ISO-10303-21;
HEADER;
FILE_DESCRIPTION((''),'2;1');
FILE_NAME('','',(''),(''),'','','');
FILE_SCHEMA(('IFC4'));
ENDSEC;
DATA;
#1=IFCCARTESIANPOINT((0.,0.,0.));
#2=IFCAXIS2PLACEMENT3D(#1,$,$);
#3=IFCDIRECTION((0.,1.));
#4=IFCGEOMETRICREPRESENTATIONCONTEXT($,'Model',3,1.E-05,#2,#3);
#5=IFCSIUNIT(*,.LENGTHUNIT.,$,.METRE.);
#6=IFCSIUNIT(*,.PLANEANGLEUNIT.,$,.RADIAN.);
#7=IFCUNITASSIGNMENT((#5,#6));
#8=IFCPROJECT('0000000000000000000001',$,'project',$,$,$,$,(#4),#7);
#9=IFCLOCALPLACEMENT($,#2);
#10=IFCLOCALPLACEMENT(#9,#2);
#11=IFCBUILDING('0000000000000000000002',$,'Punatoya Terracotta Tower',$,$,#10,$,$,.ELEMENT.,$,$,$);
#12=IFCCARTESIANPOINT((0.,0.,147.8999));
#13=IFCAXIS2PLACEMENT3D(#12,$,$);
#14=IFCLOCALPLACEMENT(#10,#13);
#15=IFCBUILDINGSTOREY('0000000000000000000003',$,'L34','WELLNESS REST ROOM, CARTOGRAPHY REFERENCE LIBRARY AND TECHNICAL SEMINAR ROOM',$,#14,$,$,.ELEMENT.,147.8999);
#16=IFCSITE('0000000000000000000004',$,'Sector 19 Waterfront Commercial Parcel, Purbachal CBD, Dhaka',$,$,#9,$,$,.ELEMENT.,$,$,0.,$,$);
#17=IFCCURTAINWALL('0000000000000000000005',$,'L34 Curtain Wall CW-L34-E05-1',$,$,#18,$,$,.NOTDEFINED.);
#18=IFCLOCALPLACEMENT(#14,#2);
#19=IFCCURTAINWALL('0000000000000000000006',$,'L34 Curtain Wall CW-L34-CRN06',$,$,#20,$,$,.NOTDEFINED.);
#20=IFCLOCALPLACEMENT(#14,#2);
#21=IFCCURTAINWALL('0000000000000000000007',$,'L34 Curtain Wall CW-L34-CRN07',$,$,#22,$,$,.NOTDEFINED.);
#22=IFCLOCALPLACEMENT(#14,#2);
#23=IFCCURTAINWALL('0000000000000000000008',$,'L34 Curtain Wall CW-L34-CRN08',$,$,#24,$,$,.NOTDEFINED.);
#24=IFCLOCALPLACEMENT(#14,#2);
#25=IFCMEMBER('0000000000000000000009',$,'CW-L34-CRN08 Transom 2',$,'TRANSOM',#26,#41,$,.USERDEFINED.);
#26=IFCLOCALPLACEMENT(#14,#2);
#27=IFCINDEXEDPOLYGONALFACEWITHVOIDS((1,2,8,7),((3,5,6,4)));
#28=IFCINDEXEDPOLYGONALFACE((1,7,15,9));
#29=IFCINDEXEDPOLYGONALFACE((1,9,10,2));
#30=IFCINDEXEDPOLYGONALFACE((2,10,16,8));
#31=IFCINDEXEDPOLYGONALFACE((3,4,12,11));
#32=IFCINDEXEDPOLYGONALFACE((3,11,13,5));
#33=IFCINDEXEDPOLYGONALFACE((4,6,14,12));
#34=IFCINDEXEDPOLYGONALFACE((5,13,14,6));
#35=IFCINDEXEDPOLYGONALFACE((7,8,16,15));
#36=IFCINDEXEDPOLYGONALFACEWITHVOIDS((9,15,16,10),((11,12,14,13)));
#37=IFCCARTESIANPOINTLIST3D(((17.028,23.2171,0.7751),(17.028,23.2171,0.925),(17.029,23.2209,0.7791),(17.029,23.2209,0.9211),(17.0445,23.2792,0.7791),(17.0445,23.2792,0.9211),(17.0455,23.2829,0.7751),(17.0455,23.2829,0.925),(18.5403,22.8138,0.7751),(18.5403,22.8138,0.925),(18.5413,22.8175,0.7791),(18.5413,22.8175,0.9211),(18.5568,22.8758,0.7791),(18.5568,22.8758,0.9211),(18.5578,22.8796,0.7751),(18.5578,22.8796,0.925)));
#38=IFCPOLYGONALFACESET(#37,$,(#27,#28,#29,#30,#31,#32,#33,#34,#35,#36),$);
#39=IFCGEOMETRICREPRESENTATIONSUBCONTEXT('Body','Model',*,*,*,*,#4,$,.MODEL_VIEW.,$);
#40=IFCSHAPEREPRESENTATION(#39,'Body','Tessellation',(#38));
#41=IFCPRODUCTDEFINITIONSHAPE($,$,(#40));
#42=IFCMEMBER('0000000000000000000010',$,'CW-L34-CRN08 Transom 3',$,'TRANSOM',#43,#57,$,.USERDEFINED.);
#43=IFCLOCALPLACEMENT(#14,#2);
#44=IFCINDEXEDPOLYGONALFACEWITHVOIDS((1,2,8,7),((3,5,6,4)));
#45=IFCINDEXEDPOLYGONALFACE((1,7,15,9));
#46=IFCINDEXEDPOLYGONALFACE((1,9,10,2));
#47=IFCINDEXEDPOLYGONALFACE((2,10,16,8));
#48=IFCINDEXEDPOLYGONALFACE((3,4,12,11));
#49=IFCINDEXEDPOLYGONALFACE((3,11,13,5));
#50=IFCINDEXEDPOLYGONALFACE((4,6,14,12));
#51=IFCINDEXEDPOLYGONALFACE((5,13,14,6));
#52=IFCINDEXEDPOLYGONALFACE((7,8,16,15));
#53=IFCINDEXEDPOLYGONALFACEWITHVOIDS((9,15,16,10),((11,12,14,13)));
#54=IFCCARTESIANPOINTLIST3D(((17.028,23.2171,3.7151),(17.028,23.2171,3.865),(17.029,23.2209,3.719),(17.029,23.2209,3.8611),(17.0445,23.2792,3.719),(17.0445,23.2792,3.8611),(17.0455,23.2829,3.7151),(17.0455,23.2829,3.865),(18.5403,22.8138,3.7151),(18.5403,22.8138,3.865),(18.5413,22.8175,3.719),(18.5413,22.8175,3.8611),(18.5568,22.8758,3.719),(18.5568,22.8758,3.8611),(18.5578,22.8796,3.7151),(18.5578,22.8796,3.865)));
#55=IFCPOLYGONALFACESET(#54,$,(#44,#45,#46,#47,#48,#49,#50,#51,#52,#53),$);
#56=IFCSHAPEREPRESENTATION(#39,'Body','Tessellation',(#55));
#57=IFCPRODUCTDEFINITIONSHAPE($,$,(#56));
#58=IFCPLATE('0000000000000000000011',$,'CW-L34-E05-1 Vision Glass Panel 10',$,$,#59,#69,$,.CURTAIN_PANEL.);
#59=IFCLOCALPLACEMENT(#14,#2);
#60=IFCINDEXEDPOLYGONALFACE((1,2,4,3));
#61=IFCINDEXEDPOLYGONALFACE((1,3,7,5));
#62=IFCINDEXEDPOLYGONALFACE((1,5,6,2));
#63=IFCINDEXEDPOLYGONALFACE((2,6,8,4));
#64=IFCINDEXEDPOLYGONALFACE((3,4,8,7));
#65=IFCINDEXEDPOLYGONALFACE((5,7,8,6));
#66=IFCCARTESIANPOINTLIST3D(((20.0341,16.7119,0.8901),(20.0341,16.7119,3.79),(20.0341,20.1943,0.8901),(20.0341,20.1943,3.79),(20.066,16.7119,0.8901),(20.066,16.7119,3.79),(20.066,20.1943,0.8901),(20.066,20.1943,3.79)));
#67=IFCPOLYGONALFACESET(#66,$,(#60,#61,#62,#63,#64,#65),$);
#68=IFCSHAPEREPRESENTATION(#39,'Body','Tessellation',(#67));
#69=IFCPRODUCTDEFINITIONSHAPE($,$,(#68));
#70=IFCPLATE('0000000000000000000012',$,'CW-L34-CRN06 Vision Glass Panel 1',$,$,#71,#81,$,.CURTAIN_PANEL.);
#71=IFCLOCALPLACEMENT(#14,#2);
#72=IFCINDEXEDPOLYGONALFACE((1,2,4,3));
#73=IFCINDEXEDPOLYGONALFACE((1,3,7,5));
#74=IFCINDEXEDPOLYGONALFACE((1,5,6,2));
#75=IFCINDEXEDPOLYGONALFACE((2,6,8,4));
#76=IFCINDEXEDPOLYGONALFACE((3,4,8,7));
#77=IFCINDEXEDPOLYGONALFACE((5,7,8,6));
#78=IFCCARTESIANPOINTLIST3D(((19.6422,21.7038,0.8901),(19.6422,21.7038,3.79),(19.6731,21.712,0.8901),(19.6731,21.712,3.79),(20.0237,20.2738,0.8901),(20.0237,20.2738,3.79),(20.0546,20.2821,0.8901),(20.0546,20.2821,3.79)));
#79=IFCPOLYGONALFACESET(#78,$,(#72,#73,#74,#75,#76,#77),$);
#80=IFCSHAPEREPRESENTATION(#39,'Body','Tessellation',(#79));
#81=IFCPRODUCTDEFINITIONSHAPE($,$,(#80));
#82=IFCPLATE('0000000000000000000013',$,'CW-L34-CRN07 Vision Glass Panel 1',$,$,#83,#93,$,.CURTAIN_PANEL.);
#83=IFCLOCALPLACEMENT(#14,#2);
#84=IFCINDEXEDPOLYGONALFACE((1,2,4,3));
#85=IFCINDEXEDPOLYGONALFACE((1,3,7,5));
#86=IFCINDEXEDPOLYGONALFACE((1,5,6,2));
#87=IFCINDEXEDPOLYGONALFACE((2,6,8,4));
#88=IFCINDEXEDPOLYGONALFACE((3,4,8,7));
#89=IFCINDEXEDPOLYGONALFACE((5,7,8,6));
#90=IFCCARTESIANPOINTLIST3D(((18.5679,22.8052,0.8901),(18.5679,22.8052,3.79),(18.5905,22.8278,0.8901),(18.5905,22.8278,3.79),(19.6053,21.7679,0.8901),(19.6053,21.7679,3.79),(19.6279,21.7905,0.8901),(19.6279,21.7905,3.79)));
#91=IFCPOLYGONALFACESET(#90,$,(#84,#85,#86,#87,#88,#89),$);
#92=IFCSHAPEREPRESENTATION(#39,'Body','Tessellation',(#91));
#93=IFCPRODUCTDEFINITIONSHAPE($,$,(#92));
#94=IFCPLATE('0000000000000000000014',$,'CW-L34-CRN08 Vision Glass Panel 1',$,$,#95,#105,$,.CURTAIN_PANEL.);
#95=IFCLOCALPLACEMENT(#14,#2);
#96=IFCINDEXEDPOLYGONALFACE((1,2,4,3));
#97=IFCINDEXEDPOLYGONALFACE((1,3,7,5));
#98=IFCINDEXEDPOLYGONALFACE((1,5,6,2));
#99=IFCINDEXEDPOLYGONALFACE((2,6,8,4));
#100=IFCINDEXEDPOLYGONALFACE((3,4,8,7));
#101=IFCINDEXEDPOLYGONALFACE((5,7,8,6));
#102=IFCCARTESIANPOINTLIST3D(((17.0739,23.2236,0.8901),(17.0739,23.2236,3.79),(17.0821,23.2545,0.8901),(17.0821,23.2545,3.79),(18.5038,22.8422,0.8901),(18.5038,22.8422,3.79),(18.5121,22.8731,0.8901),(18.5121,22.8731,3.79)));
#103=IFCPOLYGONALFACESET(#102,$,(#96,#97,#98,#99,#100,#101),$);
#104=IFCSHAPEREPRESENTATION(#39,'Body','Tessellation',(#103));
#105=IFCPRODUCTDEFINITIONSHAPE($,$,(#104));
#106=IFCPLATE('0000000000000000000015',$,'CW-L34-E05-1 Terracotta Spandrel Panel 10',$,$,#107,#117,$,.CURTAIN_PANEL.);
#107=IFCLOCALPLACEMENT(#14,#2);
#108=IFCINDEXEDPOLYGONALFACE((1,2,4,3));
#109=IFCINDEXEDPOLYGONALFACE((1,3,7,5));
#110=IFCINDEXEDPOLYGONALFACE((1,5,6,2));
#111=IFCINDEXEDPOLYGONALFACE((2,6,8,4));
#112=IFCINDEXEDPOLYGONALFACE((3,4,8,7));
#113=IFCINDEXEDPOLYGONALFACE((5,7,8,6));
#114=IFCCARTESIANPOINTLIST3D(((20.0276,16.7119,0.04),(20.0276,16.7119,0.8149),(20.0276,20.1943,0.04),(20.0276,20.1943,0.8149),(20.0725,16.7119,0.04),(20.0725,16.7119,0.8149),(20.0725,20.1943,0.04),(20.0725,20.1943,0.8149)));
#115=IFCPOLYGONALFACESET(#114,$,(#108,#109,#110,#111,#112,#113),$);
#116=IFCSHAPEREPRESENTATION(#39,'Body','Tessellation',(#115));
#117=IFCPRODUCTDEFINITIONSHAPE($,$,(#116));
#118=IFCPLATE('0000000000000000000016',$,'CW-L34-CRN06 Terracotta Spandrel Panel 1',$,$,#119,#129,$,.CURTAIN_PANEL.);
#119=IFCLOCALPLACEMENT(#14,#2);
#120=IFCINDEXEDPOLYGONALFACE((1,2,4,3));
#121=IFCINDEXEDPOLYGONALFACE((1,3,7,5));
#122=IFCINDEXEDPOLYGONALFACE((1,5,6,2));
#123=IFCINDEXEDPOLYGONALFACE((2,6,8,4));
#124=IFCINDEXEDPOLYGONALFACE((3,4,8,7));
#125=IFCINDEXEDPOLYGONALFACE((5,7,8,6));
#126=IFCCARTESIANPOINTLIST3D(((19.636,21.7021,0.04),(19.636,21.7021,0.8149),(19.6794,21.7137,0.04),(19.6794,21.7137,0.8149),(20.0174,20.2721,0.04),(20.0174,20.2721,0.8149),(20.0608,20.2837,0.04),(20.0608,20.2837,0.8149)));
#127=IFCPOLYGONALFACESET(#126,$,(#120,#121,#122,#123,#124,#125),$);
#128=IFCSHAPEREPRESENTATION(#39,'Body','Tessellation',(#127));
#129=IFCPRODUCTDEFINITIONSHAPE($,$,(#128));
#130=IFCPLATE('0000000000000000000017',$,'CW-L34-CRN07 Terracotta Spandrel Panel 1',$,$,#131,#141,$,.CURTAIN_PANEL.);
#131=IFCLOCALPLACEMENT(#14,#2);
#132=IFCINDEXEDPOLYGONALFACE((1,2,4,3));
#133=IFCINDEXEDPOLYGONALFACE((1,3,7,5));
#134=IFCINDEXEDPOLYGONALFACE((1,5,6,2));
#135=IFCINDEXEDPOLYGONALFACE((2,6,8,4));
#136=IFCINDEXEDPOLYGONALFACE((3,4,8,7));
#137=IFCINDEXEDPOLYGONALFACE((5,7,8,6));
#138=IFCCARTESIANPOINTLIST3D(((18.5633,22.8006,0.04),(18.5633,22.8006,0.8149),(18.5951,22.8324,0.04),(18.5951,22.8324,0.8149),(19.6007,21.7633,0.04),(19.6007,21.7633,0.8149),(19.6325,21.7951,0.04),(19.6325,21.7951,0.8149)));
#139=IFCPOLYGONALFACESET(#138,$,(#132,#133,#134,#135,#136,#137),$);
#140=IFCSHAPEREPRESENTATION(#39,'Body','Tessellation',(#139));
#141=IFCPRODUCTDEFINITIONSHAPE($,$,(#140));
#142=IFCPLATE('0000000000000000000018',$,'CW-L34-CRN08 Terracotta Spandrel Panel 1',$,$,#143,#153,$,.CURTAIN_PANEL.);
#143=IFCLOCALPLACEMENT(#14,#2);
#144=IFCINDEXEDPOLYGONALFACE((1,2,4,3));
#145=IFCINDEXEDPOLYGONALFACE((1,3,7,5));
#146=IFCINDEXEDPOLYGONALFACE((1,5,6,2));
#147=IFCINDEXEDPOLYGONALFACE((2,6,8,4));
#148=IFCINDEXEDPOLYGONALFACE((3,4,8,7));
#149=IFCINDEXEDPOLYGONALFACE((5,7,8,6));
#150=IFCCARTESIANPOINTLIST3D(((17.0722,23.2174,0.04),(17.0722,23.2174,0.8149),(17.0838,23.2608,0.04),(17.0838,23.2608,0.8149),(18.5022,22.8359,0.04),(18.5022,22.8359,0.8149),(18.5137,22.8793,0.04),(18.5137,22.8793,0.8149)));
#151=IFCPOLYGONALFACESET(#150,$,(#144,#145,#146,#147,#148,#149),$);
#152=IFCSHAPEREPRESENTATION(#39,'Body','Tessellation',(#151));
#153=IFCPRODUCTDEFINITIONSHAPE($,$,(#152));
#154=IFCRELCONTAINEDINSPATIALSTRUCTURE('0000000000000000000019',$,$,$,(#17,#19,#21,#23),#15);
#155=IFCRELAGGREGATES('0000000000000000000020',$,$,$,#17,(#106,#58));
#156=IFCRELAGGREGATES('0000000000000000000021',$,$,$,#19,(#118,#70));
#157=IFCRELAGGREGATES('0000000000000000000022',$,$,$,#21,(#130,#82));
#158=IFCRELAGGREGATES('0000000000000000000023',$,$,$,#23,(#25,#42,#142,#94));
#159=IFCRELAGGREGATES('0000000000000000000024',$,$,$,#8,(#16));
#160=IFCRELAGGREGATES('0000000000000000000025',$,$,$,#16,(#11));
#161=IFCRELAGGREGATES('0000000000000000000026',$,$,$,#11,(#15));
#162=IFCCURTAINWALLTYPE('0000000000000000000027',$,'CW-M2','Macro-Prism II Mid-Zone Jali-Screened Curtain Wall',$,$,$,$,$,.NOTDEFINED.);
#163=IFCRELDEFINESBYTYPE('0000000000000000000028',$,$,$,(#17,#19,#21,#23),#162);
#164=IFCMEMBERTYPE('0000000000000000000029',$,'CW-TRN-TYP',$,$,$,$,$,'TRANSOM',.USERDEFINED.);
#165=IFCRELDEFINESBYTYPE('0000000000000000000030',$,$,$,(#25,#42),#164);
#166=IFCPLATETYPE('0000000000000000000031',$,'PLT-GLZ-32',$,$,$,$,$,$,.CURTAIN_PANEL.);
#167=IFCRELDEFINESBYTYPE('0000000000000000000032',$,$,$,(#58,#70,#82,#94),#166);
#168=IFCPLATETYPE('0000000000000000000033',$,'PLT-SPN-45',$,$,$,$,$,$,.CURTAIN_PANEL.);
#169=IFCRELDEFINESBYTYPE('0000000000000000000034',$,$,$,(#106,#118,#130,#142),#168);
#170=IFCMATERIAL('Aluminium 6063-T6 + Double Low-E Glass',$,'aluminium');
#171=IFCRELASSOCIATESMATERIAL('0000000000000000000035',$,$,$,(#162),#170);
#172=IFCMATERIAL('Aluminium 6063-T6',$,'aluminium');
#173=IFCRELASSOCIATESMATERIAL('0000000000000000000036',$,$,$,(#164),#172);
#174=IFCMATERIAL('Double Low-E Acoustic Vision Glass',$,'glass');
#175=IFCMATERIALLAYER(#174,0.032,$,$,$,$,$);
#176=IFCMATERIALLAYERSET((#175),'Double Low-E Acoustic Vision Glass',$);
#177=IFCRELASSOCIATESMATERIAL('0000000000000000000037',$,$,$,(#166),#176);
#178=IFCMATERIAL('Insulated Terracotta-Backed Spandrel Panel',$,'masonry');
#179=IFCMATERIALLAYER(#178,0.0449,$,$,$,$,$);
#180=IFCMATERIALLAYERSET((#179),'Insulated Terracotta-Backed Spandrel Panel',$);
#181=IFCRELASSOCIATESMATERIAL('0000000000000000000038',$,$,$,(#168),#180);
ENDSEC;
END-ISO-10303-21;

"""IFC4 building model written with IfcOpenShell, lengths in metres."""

from ifc_helpers import new_model, si_unit, direction, frame, origin, origin_2d, place, context, subcontext, project, spatial, rectangle, hollow_rectangle, extrude, material, layer, layer_set, material_profile, profile_set, type_object, element, aggregate, save


model = new_model("IFC4")

# Units and contexts
model_context = context("Model", 3, precision=1e-05, world=origin(), true_north=direction((0.0, 1.0)))
body_context = subcontext(model_context, "Body", "Model", "MODEL_VIEW")
ifc_project = project(units=[si_unit("LENGTHUNIT", "METRE"), si_unit("PLANEANGLEUNIT", "RADIAN")], contexts=[model_context])

# Site, building, storey
site_placement = place(None, origin())
site = spatial("IfcSite", under=ifc_project, at=site_placement, Name="Sector 19 Waterfront Commercial Parcel, Purbachal CBD, Dhaka", CompositionType="ELEMENT", RefElevation=0.0)
building_placement = place(site_placement, origin())
building = spatial("IfcBuilding", under=site, at=building_placement, Name="Punatoya Terracotta Tower", CompositionType="ELEMENT")
storey_placement = place(building_placement, frame((0.0, 0.0, 147.8999)))
storey = spatial("IfcBuildingStorey", under=building, at=storey_placement, Name="L34", Description="WELLNESS REST ROOM, CARTOGRAPHY REFERENCE LIBRARY AND TECHNICAL SEMINAR ROOM", CompositionType="ELEMENT", Elevation=147.8999)

# Curtain walls
ifc_material_1 = material(Name="Aluminium 6063-T6 + Double Low-E Glass", Category="aluminium")
curtain_wall_type = type_object("IfcCurtainWallType", Name="CW-M2", Description="Macro-Prism II Mid-Zone Jali-Screened Curtain Wall", PredefinedType="NOTDEFINED", material=ifc_material_1)
curtain_wall_1_placement = place(storey_placement, origin())
curtain_wall_1 = element("IfcCurtainWall", 1, at=curtain_wall_1_placement, inside=storey, type_object=curtain_wall_type, Name="L34 Curtain Wall CW-L34-E05-1", PredefinedType="NOTDEFINED")
ifc_material_2 = material(Name="Aluminium 6063-T6", Category="aluminium")
curtain_wall_2_placement = place(storey_placement, origin())
curtain_wall_2 = element("IfcCurtainWall", 2, at=curtain_wall_2_placement, inside=storey, type_object=curtain_wall_type, Name="L34 Curtain Wall CW-L34-CRN06", PredefinedType="NOTDEFINED")
curtain_wall_3_placement = place(storey_placement, origin())
curtain_wall_3 = element("IfcCurtainWall", 3, at=curtain_wall_3_placement, inside=storey, type_object=curtain_wall_type, Name="L34 Curtain Wall CW-L34-CRN07", PredefinedType="NOTDEFINED")
curtain_wall_4_placement = place(storey_placement, origin())
curtain_wall_4 = element("IfcCurtainWall", 4, at=curtain_wall_4_placement, inside=storey, type_object=curtain_wall_type, Name="L34 Curtain Wall CW-L34-CRN08", PredefinedType="NOTDEFINED")

# Members
ifc_material_profile_1 = material_profile(ifc_material_2, hollow_rectangle(XDim=0.0681, YDim=0.1499, WallThickness=0.0039, at=origin_2d()))
ifc_profile_set_1 = profile_set([ifc_material_profile_1], Name="Aluminium 6063-T6")
member_type_1 = type_object("IfcMemberType", Name="CW-TRN-TYP", ElementType="TRANSOM", PredefinedType="USERDEFINED", material=ifc_profile_set_1)
member_1_placement = place(storey_placement, frame((18.5491, 22.8467, 0.8501), z_axis=(-0.966225, 0.257701, 0.0), x_axis=(-0.257701, -0.966225, 0.0)))
member_1 = element("IfcMember", 5, at=member_1_placement, type_object=member_type_1, Name="CW-L34-CRN08 Transom 2", ObjectType="TRANSOM", PredefinedType="USERDEFINED", context=body_context, shape_type="SweptSolid", body=[
    extrude(hollow_rectangle(XDim=0.0681, YDim=0.1499, WallThickness=0.0039, at=origin_2d()), origin(), (0.0, 0.0, 1.0), 1.5652),
])
member_2_placement = place(storey_placement, frame((18.5491, 22.8467, 3.79), z_axis=(-0.966225, 0.257701, 0.0), x_axis=(-0.257701, -0.966225, 0.0)))
member_2 = element("IfcMember", 6, at=member_2_placement, type_object=member_type_1, Name="CW-L34-CRN08 Transom 3", ObjectType="TRANSOM", PredefinedType="USERDEFINED", context=body_context, shape_type="SweptSolid", body=[
    extrude(hollow_rectangle(XDim=0.0681, YDim=0.1499, WallThickness=0.0039, at=origin_2d()), origin(), (0.0, 0.0, 1.0), 1.5652),
])

# Plates
ifc_material_3 = material(Name="Double Low-E Acoustic Vision Glass", Category="glass")
ifc_layer_1 = layer(ifc_material_3, 0.032)
ifc_layer_set_1 = layer_set([ifc_layer_1], Name="Double Low-E Acoustic Vision Glass")
plate_type_1 = type_object("IfcPlateType", Name="PLT-GLZ-32", PredefinedType="CURTAIN_PANEL", material=ifc_layer_set_1)
plate_1_placement = place(storey_placement, frame((20.05, 18.4531, 0.8901), z_axis=(0.0, 0.0, 1.0), x_axis=(0.0, 1.0, 0.0)))
plate_1 = element("IfcPlate", 7, at=plate_1_placement, type_object=plate_type_1, Name="CW-L34-E05-1 Vision Glass Panel 10", PredefinedType="CURTAIN_PANEL", context=body_context, shape_type="SweptSolid", body=[
    extrude(rectangle(XDim=3.4824, YDim=0.032, at=origin_2d()), origin(), (0.0, 0.0, 1.0), 2.8999),
])
plate_2_placement = place(storey_placement, frame((19.8484, 20.9929, 0.8901), z_axis=(0.0, 0.0, 1.0), x_axis=(-0.257742, 0.966214, 0.0)))
plate_2 = element("IfcPlate", 8, at=plate_2_placement, type_object=plate_type_1, Name="CW-L34-CRN06 Vision Glass Panel 1", PredefinedType="CURTAIN_PANEL", context=body_context, shape_type="SweptSolid", body=[
    extrude(rectangle(XDim=1.48, YDim=0.032, at=origin_2d()), origin(), (0.0, 0.0, 1.0), 2.8999),
])
plate_3_placement = place(storey_placement, frame((19.0979, 22.2979, 0.8901), z_axis=(0.0, 0.0, 1.0), x_axis=(-0.707107, 0.707107, 0.0)))
plate_3 = element("IfcPlate", 9, at=plate_3_placement, type_object=plate_type_1, Name="CW-L34-CRN07 Vision Glass Panel 1", PredefinedType="CURTAIN_PANEL", context=body_context, shape_type="SweptSolid", body=[
    extrude(rectangle(XDim=1.467, YDim=0.032, at=origin_2d()), origin(), (0.0, 0.0, 1.0), 2.8999),
])
plate_4_placement = place(storey_placement, frame((17.793, 23.0483, 0.8901), z_axis=(0.0, 0.0, 1.0), x_axis=(-0.966214, 0.257742, 0.0)))
plate_4 = element("IfcPlate", 10, at=plate_4_placement, type_object=plate_type_1, Name="CW-L34-CRN08 Vision Glass Panel 1", PredefinedType="CURTAIN_PANEL", context=body_context, shape_type="SweptSolid", body=[
    extrude(rectangle(XDim=1.48, YDim=0.032, at=origin_2d()), origin(), (0.0, 0.0, 1.0), 2.8999),
])
ifc_material_4 = material(Name="Insulated Terracotta-Backed Spandrel Panel", Category="masonry")
ifc_layer_2 = layer(ifc_material_4, 0.0449)
ifc_layer_set_2 = layer_set([ifc_layer_2], Name="Insulated Terracotta-Backed Spandrel Panel")
plate_type_2 = type_object("IfcPlateType", Name="PLT-SPN-45", PredefinedType="CURTAIN_PANEL", material=ifc_layer_set_2)
plate_5_placement = place(storey_placement, frame((20.05, 18.4531, 0.04), z_axis=(0.0, 0.0, 1.0), x_axis=(0.0, 1.0, 0.0)))
plate_5 = element("IfcPlate", 11, at=plate_5_placement, type_object=plate_type_2, Name="CW-L34-E05-1 Terracotta Spandrel Panel 10", PredefinedType="CURTAIN_PANEL", context=body_context, shape_type="SweptSolid", body=[
    extrude(rectangle(XDim=3.4824, YDim=0.0449, at=origin_2d()), origin(), (0.0, 0.0, 1.0), 0.7749),
])
aggregate(curtain_wall_1, [plate_5, plate_1])
plate_6_placement = place(storey_placement, frame((19.8484, 20.9929, 0.04), z_axis=(0.0, 0.0, 1.0), x_axis=(-0.257742, 0.966214, 0.0)))
plate_6 = element("IfcPlate", 12, at=plate_6_placement, type_object=plate_type_2, Name="CW-L34-CRN06 Terracotta Spandrel Panel 1", PredefinedType="CURTAIN_PANEL", context=body_context, shape_type="SweptSolid", body=[
    extrude(rectangle(XDim=1.48, YDim=0.0449, at=origin_2d()), origin(), (0.0, 0.0, 1.0), 0.7749),
])
aggregate(curtain_wall_2, [plate_6, plate_2])
plate_7_placement = place(storey_placement, frame((19.0979, 22.2979, 0.04), z_axis=(0.0, 0.0, 1.0), x_axis=(-0.707107, 0.707107, 0.0)))
plate_7 = element("IfcPlate", 13, at=plate_7_placement, type_object=plate_type_2, Name="CW-L34-CRN07 Terracotta Spandrel Panel 1", PredefinedType="CURTAIN_PANEL", context=body_context, shape_type="SweptSolid", body=[
    extrude(rectangle(XDim=1.467, YDim=0.0449, at=origin_2d()), origin(), (0.0, 0.0, 1.0), 0.7749),
])
aggregate(curtain_wall_3, [plate_7, plate_3])
plate_8_placement = place(storey_placement, frame((17.793, 23.0483, 0.04), z_axis=(0.0, 0.0, 1.0), x_axis=(-0.966214, 0.257742, 0.0)))
plate_8 = element("IfcPlate", 14, at=plate_8_placement, type_object=plate_type_2, Name="CW-L34-CRN08 Terracotta Spandrel Panel 1", PredefinedType="CURTAIN_PANEL", context=body_context, shape_type="SweptSolid", body=[
    extrude(rectangle(XDim=1.48, YDim=0.0449, at=origin_2d()), origin(), (0.0, 0.0, 1.0), 0.7749),
])
aggregate(curtain_wall_4, [member_1, member_2, plate_8, plate_4])

save(model, "model.ifc")
